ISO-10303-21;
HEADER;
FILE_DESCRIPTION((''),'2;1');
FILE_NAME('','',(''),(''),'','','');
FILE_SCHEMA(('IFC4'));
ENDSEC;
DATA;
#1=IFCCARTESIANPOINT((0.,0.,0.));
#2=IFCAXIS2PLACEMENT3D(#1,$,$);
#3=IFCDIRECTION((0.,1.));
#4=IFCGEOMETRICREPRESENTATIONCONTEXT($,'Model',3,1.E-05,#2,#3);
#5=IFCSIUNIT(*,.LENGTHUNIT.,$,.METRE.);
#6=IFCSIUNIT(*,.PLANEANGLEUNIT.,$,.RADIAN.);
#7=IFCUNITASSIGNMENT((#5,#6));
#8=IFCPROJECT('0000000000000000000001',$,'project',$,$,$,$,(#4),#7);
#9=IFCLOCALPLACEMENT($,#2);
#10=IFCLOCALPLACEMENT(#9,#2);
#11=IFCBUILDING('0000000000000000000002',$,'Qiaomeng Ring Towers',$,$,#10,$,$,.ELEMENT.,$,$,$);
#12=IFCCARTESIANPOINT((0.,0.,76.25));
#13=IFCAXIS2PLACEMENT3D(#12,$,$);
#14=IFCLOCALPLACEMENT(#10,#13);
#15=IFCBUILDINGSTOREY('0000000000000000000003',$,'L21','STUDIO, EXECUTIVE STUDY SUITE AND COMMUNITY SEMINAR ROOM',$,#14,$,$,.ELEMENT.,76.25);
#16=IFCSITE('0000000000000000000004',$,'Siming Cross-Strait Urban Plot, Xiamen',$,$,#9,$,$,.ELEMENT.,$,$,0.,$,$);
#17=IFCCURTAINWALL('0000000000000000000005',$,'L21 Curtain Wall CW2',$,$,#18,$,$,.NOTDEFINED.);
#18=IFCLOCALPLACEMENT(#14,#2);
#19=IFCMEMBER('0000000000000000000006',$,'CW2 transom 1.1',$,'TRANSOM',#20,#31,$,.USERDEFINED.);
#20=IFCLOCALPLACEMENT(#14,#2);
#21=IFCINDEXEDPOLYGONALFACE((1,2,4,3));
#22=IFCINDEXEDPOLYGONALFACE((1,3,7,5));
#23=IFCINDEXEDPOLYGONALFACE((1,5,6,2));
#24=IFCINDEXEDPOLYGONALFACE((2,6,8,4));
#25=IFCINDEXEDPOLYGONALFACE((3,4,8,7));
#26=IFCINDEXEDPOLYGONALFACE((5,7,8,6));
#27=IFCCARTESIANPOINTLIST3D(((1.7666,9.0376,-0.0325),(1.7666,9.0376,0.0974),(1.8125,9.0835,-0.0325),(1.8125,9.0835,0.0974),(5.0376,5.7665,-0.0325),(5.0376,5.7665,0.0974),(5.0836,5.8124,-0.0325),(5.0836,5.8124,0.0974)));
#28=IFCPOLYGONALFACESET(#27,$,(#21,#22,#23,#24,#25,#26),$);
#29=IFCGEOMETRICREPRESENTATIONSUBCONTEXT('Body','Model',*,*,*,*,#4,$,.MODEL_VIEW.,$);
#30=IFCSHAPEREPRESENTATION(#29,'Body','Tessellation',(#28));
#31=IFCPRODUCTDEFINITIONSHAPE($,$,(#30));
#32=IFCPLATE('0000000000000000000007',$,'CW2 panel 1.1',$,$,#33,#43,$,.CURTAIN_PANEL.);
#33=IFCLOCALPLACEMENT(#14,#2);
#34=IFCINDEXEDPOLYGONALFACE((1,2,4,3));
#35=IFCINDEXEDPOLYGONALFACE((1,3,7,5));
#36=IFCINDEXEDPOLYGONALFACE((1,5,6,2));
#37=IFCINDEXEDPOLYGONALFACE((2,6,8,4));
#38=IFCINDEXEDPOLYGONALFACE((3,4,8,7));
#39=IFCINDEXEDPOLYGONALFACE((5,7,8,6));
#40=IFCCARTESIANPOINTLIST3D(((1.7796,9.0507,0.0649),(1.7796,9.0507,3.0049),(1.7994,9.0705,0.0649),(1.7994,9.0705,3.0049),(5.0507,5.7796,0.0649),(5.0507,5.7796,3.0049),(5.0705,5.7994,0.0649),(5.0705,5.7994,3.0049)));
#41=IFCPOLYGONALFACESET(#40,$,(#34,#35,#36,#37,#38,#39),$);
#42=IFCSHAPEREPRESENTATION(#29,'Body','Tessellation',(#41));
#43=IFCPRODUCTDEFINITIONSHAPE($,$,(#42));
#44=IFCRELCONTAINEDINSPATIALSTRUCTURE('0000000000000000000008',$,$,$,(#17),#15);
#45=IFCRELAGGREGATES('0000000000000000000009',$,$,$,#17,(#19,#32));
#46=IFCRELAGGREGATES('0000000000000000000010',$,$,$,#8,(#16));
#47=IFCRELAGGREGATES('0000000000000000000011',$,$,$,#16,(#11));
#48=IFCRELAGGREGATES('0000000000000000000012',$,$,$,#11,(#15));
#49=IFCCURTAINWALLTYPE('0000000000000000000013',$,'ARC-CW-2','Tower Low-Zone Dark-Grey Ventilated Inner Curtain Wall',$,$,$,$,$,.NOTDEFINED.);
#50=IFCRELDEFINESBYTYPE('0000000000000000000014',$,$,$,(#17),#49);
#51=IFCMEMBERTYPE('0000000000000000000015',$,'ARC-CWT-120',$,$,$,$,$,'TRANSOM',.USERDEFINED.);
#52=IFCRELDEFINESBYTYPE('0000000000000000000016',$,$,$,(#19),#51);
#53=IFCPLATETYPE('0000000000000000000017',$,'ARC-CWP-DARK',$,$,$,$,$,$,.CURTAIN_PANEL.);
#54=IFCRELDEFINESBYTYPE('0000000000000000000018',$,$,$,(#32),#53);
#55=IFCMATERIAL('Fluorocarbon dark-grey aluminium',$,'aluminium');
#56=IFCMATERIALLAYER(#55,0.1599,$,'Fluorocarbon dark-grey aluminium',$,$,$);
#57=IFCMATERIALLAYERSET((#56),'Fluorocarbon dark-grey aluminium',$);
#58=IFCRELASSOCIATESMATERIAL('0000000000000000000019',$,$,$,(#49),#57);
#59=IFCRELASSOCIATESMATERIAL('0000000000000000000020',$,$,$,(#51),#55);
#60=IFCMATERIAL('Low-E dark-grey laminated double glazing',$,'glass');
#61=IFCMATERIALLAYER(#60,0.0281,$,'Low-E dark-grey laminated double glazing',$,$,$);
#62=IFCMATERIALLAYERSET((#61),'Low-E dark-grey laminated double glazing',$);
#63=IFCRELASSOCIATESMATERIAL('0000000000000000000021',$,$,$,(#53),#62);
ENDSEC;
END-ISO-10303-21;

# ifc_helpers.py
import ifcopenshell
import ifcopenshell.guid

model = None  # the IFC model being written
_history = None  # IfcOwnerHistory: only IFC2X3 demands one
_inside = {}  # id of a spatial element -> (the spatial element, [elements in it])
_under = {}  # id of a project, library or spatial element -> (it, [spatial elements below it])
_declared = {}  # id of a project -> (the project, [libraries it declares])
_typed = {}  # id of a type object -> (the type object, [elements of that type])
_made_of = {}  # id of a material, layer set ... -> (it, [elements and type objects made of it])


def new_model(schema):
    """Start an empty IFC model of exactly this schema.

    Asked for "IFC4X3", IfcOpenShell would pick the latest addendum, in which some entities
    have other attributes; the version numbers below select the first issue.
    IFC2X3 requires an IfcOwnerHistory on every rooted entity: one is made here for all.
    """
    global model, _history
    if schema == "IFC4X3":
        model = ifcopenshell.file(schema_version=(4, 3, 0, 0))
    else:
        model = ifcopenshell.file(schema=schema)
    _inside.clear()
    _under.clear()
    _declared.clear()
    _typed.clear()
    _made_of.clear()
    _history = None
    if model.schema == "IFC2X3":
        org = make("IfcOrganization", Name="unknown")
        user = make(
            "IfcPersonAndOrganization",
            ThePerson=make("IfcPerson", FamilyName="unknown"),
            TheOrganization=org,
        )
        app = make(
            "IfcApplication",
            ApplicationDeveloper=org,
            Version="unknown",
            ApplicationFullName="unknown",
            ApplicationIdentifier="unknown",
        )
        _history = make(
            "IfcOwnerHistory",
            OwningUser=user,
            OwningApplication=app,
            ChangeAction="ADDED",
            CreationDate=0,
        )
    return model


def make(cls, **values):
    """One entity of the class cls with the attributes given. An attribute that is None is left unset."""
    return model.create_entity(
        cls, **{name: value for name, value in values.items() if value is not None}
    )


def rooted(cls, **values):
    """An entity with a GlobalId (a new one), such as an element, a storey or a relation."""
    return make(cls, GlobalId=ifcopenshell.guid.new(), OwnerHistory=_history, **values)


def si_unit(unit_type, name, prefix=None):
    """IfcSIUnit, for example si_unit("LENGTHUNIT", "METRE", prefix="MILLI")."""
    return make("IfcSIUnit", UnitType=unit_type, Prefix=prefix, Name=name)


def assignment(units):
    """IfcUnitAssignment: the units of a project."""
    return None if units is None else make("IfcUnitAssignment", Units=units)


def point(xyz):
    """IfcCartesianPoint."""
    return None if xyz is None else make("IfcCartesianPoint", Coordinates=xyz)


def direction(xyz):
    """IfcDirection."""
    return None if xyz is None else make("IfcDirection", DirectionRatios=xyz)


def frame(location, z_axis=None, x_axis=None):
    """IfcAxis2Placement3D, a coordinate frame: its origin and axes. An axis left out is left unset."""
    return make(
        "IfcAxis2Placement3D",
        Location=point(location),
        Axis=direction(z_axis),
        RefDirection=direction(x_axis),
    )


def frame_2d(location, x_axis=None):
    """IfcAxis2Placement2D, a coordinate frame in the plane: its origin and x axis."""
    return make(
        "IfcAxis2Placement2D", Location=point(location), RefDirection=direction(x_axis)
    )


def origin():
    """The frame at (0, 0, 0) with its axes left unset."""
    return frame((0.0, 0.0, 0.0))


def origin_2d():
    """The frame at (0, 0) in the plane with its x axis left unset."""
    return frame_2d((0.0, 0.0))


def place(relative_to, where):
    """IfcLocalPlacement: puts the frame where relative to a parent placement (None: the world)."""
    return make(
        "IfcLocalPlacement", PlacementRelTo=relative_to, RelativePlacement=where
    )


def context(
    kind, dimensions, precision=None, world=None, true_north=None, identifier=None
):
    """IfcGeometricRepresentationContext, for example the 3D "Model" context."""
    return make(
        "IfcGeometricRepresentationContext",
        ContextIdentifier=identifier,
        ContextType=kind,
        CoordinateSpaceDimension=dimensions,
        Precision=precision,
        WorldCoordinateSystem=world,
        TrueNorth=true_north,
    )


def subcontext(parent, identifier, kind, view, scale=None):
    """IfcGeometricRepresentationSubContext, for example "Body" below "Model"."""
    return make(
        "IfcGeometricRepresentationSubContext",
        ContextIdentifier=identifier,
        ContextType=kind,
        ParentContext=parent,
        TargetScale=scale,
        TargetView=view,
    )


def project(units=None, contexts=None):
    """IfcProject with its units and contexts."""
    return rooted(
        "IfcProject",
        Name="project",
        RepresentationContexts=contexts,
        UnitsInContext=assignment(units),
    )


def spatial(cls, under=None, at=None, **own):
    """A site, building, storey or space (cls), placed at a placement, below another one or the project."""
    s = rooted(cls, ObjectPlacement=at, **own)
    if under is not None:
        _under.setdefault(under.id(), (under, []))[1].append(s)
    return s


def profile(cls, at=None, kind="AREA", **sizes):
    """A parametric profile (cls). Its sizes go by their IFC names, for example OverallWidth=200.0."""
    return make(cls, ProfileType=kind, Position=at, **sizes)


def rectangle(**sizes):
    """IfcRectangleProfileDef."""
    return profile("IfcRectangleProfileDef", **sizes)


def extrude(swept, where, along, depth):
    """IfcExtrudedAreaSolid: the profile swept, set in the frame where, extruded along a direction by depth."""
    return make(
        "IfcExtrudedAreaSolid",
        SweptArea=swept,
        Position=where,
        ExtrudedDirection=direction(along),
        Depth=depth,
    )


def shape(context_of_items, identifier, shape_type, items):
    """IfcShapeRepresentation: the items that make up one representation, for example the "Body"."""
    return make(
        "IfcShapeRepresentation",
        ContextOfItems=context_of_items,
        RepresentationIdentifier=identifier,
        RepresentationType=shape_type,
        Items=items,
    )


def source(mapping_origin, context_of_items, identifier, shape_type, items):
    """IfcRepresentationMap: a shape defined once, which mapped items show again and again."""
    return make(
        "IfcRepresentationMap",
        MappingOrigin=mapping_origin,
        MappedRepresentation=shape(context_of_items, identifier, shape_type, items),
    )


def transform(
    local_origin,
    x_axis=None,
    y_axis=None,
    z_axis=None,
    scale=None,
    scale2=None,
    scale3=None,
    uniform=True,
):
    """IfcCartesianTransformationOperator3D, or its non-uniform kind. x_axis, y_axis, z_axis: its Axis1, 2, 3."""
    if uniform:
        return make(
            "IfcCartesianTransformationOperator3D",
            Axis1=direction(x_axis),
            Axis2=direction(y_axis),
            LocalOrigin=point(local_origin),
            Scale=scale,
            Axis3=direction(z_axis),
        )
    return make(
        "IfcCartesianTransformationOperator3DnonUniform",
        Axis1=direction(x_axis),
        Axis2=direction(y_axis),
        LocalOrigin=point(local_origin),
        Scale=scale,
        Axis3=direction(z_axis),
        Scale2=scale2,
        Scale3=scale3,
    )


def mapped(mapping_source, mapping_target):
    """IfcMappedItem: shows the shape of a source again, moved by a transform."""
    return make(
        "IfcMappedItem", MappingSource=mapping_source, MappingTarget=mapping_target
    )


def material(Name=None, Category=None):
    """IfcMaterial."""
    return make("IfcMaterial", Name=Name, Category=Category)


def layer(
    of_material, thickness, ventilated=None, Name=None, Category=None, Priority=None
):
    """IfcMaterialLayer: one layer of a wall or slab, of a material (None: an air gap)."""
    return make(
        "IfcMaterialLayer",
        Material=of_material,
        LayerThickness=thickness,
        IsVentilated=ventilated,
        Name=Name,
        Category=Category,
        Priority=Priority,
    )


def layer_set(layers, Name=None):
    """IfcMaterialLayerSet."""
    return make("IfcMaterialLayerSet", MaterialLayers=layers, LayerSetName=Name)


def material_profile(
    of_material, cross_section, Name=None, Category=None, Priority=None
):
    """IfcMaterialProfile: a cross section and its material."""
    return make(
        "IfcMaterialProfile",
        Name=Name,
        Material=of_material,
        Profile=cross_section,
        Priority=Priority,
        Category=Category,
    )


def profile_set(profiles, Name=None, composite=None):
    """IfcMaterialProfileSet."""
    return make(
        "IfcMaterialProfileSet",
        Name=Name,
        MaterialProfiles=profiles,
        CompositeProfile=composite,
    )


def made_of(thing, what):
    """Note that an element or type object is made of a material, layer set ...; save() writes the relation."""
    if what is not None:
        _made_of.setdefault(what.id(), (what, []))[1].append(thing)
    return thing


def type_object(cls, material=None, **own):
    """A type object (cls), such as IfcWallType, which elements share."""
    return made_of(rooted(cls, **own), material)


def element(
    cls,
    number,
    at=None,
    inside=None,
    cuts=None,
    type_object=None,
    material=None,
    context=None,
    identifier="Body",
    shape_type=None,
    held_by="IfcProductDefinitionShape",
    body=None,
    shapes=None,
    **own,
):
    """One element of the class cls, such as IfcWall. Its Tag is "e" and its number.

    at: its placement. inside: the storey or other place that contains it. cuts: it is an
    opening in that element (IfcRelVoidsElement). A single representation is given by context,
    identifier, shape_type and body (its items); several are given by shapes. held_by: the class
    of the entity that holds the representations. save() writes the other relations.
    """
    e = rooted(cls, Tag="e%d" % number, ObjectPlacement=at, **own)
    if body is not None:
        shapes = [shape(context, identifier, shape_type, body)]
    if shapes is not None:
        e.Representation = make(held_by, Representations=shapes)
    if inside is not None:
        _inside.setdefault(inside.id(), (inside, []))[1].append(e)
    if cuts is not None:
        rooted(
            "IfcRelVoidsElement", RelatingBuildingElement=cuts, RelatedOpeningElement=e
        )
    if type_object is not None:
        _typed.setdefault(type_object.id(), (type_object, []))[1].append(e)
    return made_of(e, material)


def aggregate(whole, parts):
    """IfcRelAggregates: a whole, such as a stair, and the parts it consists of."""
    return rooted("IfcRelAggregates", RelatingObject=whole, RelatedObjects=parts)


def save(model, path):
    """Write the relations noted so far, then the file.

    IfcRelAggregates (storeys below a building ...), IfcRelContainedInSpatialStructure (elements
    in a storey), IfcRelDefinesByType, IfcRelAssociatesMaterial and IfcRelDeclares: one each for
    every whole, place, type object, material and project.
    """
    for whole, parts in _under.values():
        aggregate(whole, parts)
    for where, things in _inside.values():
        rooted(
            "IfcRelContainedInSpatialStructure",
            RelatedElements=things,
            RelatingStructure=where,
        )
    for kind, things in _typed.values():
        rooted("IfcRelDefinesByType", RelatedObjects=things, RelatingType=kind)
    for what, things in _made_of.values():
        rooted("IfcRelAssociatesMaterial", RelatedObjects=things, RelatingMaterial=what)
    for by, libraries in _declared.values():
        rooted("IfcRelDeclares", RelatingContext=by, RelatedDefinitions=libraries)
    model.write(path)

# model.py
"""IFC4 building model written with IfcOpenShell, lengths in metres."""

from ifc_helpers import new_model, si_unit, direction, frame, origin, origin_2d, place, context, subcontext, project, spatial, rectangle, extrude, source, transform, mapped, material, layer, layer_set, material_profile, profile_set, type_object, element, aggregate, save


model = new_model("IFC4")

# Units and contexts
model_context = context("Model", 3, precision=1e-05, world=origin(), true_north=direction((0.0, 1.0)))
body_context = subcontext(model_context, "Body", "Model", "MODEL_VIEW")
ifc_project = project(units=[si_unit("LENGTHUNIT", "METRE"), si_unit("PLANEANGLEUNIT", "RADIAN")], contexts=[model_context])

# Site, building, storey
site_placement = place(None, origin())
site = spatial("IfcSite", under=ifc_project, at=site_placement, Name="Siming Cross-Strait Urban Plot, Xiamen", CompositionType="ELEMENT", RefElevation=0.0)
building_placement = place(site_placement, origin())
building = spatial("IfcBuilding", under=site, at=building_placement, Name="Qiaomeng Ring Towers", CompositionType="ELEMENT")
storey_placement = place(building_placement, frame((0.0, 0.0, 76.25)))
storey = spatial("IfcBuildingStorey", under=building, at=storey_placement, Name="L21", Description="STUDIO, EXECUTIVE STUDY SUITE AND COMMUNITY SEMINAR ROOM", CompositionType="ELEMENT", Elevation=76.25)

# Curtain wall, member, plate
ifc_material_1 = material(Name="Fluorocarbon dark-grey aluminium", Category="aluminium")
ifc_layer_1 = layer(ifc_material_1, 0.1599, Name="Fluorocarbon dark-grey aluminium")
ifc_layer_set_1 = layer_set([ifc_layer_1], Name="Fluorocarbon dark-grey aluminium")
curtain_wall_type = type_object("IfcCurtainWallType", Name="ARC-CW-2", Description="Tower Low-Zone Dark-Grey Ventilated Inner Curtain Wall", PredefinedType="NOTDEFINED", material=ifc_layer_set_1)
curtain_wall_placement = place(storey_placement, origin())
curtain_wall = element("IfcCurtainWall", 1, at=curtain_wall_placement, inside=storey, type_object=curtain_wall_type, Name="L21 Curtain Wall CW2", PredefinedType="NOTDEFINED")
ifc_material_profile_1 = material_profile(ifc_material_1, rectangle(XDim=0.0649, YDim=0.1299, at=origin_2d()), Name="ALU TRAN 65x130")
ifc_profile_set_1 = profile_set([ifc_material_profile_1], Name="Fluorocarbon dark-grey aluminium")
member_type_1 = type_object("IfcMemberType", Name="ARC-CWT-120", ElementType="TRANSOM", PredefinedType="USERDEFINED", material=ifc_profile_set_1)
shared_shape_1 = source(origin(), body_context, "Body", "SweptSolid", [
    extrude(rectangle(XDim=0.0649, YDim=0.1299, at=origin_2d()), origin(), (0.0, 0.0, 1.0), 4.626),
])
member_1_placement = place(storey_placement, frame((1.7896, 9.0605, 0.0325), z_axis=(0.707107, -0.707107, 0.0), x_axis=(0.707107, 0.707107, 0.0)))
member_1 = element("IfcMember", 2, at=member_1_placement, type_object=member_type_1, Name="CW2 transom 1.1", ObjectType="TRANSOM", PredefinedType="USERDEFINED", context=body_context, shape_type="MappedRepresentation", body=[
    mapped(shared_shape_1, transform((0.0, 0.0, 0.0), x_axis=(1.0, 0.0, 0.0), y_axis=(0.0, 1.0, 0.0), z_axis=(0.0, 0.0, 1.0), scale=1.0)),
])
ifc_material_2 = material(Name="Low-E dark-grey laminated double glazing", Category="glass")
ifc_layer_2 = layer(ifc_material_2, 0.0281, Name="Low-E dark-grey laminated double glazing")
ifc_layer_set_2 = layer_set([ifc_layer_2], Name="Low-E dark-grey laminated double glazing")
plate_type = type_object("IfcPlateType", Name="ARC-CWP-DARK", PredefinedType="CURTAIN_PANEL", material=ifc_layer_set_2)
shared_shape_2 = source(origin(), body_context, "Body", "SweptSolid", [
    extrude(rectangle(XDim=4.626, YDim=0.0281, at=origin_2d()), origin(), (0.0, 0.0, 1.0), 2.9399),
])
plate_placement = place(storey_placement, frame((3.425, 7.425, 0.0649), z_axis=(0.0, 0.0, 1.0), x_axis=(0.707107, -0.707107, 0.0)))
plate = element("IfcPlate", 3, at=plate_placement, type_object=plate_type, Name="CW2 panel 1.1", PredefinedType="CURTAIN_PANEL", context=body_context, shape_type="MappedRepresentation", body=[
    mapped(shared_shape_2, transform((0.0, 0.0, 0.0), x_axis=(1.0, 0.0, 0.0), y_axis=(0.0, 1.0, 0.0), z_axis=(0.0, 0.0, 1.0), scale=1.0)),
])
aggregate(curtain_wall, [member_1, plate])

save(model, "model.ifc")
